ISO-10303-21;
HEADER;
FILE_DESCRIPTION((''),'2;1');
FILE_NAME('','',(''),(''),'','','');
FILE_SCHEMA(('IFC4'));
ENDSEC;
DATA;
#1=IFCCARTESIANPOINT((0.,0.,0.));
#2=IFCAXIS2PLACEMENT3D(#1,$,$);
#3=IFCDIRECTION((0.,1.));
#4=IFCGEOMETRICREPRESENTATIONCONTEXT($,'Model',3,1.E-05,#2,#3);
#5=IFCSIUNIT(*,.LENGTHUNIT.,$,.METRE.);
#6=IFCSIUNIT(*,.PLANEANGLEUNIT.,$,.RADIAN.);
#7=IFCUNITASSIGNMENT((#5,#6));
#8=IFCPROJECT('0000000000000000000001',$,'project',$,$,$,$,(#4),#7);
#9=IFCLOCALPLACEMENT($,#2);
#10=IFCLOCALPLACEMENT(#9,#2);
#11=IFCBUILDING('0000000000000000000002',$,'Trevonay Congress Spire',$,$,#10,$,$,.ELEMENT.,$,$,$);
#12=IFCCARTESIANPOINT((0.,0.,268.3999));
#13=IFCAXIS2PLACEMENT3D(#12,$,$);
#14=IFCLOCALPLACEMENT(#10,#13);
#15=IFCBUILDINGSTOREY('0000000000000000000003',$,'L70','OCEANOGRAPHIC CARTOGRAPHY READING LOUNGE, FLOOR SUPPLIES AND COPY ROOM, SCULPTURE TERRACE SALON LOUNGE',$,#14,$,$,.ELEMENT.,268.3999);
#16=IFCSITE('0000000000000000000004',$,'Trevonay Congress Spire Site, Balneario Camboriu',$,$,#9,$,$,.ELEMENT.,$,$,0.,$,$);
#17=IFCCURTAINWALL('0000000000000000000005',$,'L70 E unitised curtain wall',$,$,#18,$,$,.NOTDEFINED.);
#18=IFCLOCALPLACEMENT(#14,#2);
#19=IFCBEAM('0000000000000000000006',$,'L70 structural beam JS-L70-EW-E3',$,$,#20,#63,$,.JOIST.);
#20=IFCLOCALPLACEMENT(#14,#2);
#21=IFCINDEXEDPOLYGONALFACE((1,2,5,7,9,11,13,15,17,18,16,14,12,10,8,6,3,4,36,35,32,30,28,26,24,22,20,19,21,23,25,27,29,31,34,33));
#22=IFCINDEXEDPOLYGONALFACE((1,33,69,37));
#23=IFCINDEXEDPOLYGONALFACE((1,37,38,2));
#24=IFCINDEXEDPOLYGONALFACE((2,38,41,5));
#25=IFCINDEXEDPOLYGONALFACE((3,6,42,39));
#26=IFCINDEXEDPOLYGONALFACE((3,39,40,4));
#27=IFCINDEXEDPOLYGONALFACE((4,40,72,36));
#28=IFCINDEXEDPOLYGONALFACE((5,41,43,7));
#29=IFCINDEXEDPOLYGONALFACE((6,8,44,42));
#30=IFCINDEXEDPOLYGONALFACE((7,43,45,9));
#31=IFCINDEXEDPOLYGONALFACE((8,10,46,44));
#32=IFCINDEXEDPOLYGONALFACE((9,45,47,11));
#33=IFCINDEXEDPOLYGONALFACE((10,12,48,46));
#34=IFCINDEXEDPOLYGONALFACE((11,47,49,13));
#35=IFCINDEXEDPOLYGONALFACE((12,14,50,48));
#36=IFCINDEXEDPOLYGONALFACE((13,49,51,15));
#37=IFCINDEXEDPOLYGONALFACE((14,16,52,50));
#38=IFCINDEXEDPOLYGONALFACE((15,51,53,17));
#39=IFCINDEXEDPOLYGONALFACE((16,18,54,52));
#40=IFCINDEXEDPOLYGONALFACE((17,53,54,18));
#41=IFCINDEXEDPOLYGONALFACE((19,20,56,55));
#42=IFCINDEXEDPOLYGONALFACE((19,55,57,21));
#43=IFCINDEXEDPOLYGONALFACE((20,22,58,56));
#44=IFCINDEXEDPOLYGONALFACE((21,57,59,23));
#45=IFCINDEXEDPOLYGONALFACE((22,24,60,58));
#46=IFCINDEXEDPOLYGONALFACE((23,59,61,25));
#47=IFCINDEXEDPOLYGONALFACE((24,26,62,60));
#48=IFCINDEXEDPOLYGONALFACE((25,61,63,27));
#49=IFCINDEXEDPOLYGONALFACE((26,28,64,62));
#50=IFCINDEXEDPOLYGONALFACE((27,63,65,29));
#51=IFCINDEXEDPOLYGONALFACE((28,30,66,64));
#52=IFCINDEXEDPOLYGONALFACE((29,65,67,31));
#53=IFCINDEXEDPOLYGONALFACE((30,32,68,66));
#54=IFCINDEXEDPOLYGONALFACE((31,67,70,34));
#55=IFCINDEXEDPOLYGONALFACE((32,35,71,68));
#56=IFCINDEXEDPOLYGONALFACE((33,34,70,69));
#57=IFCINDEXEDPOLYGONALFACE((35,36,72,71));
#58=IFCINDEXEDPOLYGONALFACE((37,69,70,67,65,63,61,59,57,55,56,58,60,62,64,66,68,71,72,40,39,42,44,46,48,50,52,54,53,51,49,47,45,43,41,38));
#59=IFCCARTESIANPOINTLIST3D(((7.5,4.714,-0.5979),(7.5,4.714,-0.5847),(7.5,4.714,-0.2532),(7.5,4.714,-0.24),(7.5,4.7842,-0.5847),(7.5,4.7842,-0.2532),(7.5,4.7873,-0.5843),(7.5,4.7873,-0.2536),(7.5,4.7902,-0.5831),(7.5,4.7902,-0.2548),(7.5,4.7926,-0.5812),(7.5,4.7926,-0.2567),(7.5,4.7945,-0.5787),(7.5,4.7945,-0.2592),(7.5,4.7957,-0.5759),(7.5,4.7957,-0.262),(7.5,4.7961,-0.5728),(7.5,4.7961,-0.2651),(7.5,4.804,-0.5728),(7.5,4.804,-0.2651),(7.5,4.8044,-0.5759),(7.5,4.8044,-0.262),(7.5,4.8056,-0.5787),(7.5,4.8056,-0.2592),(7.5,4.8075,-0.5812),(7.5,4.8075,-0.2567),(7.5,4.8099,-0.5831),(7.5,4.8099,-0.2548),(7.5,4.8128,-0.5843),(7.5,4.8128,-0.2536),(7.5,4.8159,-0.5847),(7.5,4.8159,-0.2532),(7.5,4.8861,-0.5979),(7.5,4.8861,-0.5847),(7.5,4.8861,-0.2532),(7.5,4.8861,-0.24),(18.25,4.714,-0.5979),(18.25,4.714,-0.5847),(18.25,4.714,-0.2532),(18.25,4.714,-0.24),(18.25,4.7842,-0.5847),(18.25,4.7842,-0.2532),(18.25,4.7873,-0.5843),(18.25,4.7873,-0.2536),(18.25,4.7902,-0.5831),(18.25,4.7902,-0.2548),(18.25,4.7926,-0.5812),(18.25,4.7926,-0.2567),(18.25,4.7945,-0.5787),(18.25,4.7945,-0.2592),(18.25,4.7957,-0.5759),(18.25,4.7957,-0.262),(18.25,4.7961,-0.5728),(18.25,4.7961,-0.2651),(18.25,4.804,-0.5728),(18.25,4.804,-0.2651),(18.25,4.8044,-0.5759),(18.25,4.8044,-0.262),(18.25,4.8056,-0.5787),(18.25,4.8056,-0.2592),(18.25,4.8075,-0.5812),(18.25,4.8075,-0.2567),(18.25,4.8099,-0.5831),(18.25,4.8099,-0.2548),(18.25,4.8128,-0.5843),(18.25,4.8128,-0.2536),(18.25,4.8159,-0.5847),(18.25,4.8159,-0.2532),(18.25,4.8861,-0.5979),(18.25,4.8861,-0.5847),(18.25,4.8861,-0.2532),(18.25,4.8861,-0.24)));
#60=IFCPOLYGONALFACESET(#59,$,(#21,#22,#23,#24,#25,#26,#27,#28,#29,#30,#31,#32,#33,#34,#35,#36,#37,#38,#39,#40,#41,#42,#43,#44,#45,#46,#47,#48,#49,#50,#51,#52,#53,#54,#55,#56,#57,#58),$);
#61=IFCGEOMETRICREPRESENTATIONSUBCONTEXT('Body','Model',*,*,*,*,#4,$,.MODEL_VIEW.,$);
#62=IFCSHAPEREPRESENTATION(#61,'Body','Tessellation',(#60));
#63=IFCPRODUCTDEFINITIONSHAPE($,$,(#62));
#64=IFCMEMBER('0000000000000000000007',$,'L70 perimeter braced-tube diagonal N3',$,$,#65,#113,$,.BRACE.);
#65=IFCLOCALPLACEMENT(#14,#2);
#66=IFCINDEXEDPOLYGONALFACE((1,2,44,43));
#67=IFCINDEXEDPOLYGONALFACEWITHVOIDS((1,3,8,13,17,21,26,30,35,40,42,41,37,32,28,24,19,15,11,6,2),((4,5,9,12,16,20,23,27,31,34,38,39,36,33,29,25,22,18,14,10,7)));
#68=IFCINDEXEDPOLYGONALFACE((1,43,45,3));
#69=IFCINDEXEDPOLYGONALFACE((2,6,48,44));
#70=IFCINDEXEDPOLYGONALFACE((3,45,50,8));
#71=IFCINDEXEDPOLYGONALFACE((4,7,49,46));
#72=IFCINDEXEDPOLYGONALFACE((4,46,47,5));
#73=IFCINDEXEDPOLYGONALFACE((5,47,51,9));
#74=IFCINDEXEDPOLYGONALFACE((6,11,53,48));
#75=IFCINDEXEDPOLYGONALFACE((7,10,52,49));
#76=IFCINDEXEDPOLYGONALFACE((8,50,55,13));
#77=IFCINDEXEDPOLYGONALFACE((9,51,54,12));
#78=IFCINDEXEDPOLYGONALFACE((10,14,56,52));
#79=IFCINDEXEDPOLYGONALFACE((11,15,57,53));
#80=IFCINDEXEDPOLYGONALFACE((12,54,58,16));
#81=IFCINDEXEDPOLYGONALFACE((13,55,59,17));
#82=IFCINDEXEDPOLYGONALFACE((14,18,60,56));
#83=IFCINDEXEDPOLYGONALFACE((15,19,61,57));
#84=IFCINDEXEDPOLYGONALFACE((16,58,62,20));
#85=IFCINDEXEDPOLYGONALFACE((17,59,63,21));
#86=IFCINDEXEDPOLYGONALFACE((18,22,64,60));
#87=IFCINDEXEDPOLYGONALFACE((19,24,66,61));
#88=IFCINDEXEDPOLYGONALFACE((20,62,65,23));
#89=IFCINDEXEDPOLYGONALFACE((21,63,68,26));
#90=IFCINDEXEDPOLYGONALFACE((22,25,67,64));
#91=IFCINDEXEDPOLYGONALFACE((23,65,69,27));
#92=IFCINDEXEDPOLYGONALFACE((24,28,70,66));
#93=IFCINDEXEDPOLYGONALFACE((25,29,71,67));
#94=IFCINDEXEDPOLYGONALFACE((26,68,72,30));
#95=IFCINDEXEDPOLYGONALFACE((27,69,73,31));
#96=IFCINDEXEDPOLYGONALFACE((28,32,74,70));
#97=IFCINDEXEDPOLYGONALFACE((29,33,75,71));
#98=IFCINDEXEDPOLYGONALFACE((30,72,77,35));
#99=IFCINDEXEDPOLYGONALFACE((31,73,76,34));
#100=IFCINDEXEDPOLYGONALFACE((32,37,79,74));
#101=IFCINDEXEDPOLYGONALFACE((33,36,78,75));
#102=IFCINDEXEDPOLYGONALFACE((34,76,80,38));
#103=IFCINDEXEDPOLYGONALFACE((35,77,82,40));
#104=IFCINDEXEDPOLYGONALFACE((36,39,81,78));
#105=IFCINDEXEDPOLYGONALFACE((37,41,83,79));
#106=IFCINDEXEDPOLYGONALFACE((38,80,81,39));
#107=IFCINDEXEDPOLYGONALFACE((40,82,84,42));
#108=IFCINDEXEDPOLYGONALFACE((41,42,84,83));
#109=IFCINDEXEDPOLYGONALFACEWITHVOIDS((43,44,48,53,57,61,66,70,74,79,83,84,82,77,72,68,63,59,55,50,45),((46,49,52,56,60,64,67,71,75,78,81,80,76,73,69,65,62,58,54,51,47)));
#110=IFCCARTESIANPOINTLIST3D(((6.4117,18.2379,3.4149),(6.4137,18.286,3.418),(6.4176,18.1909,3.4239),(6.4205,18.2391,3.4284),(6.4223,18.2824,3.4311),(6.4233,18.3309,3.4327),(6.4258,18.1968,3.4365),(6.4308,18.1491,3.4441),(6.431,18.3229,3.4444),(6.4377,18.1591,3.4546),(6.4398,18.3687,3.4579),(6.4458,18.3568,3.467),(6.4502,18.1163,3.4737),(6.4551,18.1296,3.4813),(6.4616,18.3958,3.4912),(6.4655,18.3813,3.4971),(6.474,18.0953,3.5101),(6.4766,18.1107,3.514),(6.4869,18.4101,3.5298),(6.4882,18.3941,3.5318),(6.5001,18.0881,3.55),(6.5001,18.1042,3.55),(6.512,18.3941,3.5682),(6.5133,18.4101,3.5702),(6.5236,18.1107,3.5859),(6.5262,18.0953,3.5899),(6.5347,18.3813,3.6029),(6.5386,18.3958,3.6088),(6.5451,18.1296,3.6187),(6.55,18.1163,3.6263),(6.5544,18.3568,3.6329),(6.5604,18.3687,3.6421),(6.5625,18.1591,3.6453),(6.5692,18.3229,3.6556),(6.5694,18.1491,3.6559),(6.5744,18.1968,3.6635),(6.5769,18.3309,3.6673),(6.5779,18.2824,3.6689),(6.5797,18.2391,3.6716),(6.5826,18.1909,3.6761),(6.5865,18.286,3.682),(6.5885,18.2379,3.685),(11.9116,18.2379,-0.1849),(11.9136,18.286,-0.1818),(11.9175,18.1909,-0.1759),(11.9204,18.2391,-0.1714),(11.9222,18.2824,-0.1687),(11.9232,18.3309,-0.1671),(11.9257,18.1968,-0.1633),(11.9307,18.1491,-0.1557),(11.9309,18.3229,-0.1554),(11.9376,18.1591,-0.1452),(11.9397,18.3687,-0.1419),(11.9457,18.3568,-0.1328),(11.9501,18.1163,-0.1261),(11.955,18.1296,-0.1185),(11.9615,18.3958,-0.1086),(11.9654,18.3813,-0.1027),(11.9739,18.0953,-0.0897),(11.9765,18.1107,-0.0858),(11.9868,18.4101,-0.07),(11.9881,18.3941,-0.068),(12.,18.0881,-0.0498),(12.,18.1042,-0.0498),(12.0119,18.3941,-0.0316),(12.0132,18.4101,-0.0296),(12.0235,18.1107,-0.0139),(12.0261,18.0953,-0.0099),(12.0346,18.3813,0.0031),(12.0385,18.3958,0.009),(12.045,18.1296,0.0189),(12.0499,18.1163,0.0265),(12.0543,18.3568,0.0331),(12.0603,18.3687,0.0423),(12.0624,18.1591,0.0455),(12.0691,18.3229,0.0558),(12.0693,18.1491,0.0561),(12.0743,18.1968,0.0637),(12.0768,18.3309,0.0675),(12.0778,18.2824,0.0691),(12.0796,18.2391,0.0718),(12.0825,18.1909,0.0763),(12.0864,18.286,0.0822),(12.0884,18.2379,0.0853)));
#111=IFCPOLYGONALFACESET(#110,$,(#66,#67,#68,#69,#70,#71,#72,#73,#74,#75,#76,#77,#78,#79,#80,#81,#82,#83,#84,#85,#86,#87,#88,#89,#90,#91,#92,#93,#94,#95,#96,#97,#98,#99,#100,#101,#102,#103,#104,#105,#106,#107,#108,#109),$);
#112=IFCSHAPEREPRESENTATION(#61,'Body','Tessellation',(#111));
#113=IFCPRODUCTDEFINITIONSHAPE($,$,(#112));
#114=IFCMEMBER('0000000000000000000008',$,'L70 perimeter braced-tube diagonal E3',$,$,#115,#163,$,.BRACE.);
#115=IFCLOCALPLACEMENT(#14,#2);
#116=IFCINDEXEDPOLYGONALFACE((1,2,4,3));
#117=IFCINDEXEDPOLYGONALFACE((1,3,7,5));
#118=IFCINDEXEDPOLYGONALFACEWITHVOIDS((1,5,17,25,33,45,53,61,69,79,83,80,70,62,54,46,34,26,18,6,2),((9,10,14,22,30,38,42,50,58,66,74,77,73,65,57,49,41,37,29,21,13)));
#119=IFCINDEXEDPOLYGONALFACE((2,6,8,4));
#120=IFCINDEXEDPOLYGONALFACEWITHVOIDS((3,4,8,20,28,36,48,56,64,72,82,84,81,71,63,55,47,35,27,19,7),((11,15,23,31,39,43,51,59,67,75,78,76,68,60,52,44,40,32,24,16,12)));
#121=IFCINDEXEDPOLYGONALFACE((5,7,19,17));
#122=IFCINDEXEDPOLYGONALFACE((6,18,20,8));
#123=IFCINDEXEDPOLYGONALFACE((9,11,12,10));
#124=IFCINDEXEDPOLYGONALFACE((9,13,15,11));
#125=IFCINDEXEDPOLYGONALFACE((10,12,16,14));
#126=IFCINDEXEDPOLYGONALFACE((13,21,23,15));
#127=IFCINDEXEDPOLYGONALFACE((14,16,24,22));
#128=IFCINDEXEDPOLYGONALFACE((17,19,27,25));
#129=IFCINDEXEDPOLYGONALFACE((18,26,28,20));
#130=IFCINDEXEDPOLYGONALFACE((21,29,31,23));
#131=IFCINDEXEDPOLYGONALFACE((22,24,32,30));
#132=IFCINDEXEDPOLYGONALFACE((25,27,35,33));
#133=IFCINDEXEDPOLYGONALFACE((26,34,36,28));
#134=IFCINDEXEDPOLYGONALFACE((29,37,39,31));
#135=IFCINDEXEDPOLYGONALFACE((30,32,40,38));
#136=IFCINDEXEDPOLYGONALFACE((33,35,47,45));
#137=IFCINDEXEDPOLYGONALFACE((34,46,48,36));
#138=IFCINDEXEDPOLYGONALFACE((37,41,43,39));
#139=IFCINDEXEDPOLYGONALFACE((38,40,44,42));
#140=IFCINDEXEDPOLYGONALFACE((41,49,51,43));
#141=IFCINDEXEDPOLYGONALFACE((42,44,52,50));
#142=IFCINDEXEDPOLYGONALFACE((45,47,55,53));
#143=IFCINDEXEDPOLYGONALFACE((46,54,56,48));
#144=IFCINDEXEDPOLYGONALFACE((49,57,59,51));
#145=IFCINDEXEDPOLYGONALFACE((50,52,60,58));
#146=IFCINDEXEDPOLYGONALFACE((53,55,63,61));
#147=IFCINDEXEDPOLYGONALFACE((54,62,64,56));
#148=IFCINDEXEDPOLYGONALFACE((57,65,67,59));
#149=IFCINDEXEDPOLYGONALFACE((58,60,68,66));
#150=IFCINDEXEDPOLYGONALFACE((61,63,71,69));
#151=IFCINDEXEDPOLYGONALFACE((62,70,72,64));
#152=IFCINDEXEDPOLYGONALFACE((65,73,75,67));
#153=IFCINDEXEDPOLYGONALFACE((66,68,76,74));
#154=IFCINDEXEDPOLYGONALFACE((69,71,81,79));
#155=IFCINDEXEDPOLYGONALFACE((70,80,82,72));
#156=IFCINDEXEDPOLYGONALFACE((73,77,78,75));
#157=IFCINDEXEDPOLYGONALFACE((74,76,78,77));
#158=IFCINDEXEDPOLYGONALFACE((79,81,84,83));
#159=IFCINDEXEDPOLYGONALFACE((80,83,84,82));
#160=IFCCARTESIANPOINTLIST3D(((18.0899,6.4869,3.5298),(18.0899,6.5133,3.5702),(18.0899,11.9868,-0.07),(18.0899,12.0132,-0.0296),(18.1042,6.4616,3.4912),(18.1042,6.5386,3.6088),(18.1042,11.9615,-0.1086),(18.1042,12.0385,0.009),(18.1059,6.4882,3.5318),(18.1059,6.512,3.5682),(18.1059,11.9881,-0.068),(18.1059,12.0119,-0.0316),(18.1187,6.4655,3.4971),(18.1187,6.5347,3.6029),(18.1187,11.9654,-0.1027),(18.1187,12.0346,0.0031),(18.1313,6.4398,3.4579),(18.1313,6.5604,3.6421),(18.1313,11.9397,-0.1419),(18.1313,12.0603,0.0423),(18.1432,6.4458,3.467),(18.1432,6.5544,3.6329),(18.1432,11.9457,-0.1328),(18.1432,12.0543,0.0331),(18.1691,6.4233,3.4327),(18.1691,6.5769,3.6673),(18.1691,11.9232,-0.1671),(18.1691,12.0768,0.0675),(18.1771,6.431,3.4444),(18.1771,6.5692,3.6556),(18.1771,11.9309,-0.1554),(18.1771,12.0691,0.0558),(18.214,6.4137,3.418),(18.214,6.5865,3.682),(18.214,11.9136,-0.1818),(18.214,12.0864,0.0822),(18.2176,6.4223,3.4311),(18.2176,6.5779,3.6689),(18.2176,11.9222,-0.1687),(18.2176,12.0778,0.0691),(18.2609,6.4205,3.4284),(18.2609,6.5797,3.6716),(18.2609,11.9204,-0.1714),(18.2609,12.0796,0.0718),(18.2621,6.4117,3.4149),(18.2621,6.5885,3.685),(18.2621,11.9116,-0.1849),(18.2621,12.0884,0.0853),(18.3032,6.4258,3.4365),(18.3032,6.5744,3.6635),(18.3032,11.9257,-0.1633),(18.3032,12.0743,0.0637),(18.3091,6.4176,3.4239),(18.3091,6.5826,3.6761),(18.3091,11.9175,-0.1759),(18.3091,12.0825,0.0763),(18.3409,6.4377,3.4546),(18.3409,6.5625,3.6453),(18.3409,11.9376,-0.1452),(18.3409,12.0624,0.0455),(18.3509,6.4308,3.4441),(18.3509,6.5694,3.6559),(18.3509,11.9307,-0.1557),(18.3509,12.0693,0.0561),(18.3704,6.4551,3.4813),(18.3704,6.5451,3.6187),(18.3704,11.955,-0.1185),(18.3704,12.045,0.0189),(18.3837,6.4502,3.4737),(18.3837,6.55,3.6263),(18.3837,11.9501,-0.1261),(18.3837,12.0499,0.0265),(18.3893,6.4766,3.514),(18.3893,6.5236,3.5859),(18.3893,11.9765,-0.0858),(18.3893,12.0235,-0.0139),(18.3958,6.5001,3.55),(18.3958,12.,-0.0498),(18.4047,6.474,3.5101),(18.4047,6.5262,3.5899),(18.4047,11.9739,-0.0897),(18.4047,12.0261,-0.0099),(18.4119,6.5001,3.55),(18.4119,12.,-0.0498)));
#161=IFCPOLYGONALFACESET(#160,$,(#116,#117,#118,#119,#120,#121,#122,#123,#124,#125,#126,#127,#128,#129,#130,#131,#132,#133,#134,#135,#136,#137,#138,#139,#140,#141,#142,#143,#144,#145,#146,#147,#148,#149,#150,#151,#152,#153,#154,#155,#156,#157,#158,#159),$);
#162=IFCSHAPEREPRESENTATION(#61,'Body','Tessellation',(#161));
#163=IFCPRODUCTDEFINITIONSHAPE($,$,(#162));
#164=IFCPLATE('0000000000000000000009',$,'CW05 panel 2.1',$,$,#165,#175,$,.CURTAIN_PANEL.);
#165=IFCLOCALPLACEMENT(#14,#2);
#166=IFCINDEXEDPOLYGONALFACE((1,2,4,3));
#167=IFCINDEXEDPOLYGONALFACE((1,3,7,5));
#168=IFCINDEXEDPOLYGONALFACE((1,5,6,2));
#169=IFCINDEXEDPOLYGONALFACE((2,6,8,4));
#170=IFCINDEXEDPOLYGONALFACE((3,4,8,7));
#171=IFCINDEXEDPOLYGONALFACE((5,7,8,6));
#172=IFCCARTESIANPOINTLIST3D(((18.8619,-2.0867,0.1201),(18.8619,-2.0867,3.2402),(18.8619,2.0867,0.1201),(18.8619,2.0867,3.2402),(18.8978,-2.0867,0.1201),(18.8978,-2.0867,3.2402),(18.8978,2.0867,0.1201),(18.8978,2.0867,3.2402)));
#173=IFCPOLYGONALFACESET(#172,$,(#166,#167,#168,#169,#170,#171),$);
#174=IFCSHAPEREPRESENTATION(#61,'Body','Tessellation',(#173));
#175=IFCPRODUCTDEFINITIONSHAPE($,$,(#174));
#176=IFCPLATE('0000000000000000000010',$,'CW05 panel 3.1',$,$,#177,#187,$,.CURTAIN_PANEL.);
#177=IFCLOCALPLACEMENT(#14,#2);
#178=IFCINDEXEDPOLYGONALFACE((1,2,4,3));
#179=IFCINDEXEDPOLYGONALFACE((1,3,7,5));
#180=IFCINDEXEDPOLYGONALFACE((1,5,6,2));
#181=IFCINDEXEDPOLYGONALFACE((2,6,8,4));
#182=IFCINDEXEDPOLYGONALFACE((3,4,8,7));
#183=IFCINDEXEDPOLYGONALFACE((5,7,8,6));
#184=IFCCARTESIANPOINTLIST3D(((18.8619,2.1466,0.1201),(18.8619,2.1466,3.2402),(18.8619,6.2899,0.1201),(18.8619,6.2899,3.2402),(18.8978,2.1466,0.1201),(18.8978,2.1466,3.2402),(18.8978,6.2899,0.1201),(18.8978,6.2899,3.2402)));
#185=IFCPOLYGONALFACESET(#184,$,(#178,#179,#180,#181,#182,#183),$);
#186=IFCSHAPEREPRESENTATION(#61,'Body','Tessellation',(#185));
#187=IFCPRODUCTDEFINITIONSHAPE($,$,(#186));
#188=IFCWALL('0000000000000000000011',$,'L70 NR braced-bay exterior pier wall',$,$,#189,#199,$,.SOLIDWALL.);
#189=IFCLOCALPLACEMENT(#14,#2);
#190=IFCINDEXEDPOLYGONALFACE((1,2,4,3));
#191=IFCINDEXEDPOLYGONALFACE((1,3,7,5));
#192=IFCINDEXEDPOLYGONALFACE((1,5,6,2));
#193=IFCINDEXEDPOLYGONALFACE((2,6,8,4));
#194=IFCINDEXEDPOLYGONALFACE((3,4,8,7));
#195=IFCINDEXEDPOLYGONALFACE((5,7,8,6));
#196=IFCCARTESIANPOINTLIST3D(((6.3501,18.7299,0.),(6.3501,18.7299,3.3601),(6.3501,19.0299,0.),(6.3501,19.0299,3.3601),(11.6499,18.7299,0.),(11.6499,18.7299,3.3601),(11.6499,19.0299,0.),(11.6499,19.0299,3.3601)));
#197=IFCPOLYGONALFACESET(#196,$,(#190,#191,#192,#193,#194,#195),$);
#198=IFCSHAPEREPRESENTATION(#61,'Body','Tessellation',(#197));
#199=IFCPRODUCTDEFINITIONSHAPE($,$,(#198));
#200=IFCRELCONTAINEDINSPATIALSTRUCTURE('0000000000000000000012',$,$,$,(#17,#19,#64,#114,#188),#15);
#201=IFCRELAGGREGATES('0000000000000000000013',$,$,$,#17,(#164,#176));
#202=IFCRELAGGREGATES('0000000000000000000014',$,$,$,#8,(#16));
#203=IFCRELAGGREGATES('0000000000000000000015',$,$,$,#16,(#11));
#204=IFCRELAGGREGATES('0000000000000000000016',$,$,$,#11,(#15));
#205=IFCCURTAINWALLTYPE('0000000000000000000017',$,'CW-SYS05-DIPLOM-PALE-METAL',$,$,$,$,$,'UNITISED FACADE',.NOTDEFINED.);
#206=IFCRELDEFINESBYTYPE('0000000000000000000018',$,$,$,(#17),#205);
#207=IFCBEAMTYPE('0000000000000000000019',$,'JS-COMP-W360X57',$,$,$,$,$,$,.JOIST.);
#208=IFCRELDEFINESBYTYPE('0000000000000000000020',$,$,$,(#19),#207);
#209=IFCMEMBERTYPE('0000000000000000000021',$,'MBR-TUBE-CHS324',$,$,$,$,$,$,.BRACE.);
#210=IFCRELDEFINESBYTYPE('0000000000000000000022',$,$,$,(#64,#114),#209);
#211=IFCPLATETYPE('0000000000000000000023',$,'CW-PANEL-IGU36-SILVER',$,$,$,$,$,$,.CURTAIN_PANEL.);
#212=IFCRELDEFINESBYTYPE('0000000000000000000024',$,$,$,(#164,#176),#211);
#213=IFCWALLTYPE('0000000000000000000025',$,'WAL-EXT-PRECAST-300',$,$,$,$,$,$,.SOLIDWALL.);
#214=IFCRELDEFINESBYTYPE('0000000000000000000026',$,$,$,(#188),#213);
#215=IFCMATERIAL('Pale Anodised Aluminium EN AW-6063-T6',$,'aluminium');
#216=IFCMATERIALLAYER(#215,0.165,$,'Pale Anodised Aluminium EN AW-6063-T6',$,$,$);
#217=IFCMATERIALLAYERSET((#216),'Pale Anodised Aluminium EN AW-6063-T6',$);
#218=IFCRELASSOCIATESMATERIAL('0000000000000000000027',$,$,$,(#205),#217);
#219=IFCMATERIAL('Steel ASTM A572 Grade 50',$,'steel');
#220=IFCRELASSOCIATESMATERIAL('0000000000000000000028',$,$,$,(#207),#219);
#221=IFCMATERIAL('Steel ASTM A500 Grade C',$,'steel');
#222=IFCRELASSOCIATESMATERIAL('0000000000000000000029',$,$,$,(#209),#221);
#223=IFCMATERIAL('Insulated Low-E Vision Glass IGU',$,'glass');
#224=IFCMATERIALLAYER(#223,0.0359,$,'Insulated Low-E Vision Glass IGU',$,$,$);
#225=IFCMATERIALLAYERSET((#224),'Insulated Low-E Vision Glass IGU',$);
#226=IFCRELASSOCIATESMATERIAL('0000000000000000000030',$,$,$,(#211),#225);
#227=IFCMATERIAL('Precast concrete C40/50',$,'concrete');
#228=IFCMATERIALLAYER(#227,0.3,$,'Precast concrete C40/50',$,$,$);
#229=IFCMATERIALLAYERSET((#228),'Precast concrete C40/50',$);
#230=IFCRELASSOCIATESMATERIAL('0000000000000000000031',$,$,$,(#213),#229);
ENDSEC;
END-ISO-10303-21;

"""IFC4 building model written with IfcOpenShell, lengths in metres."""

from ifc_helpers import new_model, si_unit, direction, frame, frame_2d, origin, origin_2d, place, context, subcontext, project, spatial, rectangle, hollow_circle, i_section, extrude, material, layer, layer_set, material_profile, profile_set, type_object, element, aggregate, save


model = new_model("IFC4")

# Units and contexts
model_context = context("Model", 3, precision=1e-05, world=origin(), true_north=direction((0.0, 1.0)))
body_context = subcontext(model_context, "Body", "Model", "MODEL_VIEW")
ifc_project = project(units=[si_unit("LENGTHUNIT", "METRE"), si_unit("PLANEANGLEUNIT", "RADIAN")], contexts=[model_context])

# Site, building, storey
site_placement = place(None, origin())
site = spatial("IfcSite", under=ifc_project, at=site_placement, Name="Trevonay Congress Spire Site, Balneario Camboriu", CompositionType="ELEMENT", RefElevation=0.0)
building_placement = place(site_placement, origin())
building = spatial("IfcBuilding", under=site, at=building_placement, Name="Trevonay Congress Spire", CompositionType="ELEMENT")
storey_placement = place(building_placement, frame((0.0, 0.0, 268.3999)))
storey = spatial("IfcBuildingStorey", under=building, at=storey_placement, Name="L70", Description="OCEANOGRAPHIC CARTOGRAPHY READING LOUNGE, FLOOR SUPPLIES AND COPY ROOM, SCULPTURE TERRACE SALON LOUNGE", CompositionType="ELEMENT", Elevation=268.3999)

# Shared definitions
ifc_material_1 = material(Name="Steel ASTM A572 Grade 50", Category="steel")

# Curtain wall
ifc_material_2 = material(Name="Pale Anodised Aluminium EN AW-6063-T6", Category="aluminium")
ifc_layer_1 = layer(ifc_material_2, 0.165, Name="Pale Anodised Aluminium EN AW-6063-T6")
ifc_layer_set_1 = layer_set([ifc_layer_1], Name="Pale Anodised Aluminium EN AW-6063-T6")
curtain_wall_type = type_object("IfcCurtainWallType", Name="CW-SYS05-DIPLOM-PALE-METAL", ElementType="UNITISED FACADE", PredefinedType="NOTDEFINED", material=ifc_layer_set_1)
curtain_wall_placement = place(storey_placement, origin())
curtain_wall = element("IfcCurtainWall", 1, at=curtain_wall_placement, inside=storey, type_object=curtain_wall_type, Name="L70 E unitised curtain wall", PredefinedType="NOTDEFINED")

# Beam
ifc_material_profile_1 = material_profile(ifc_material_1, i_section(OverallWidth=0.1721, OverallDepth=0.3579, WebThickness=0.0078, FlangeThickness=0.0132, FilletRadius=0.012, at=origin_2d()), Name="W360x57.8")
ifc_profile_set_1 = profile_set([ifc_material_profile_1], Name="Steel ASTM A572 Grade 50")
beam_type_1 = type_object("IfcBeamType", Name="JS-COMP-W360X57", PredefinedType="JOIST", material=ifc_profile_set_1)
beam_1_placement = place(storey_placement, frame((7.5, 4.8, -0.4189), z_axis=(1.0, 0.0, 0.0), x_axis=(0.0, 1.0, 0.0)))
element("IfcBeam", 2, at=beam_1_placement, inside=storey, type_object=beam_type_1, Name="L70 structural beam JS-L70-EW-E3", PredefinedType="JOIST", context=body_context, shape_type="SweptSolid", body=[
    extrude(i_section(OverallWidth=0.1721, OverallDepth=0.3579, WebThickness=0.0078, FlangeThickness=0.0132, FilletRadius=0.012, at=origin_2d()), origin(), (0.0, 0.0, 1.0), 10.75),
])

# Members
ifc_material_3 = material(Name="Steel ASTM A500 Grade C", Category="steel")
ifc_material_profile_2 = material_profile(ifc_material_3, hollow_circle(Radius=0.1619, WallThickness=0.0161, at=origin_2d()), Name="CHS 323.9x16")
ifc_profile_set_2 = profile_set([ifc_material_profile_2], Name="Steel ASTM A500 Grade C")
member_type_1 = type_object("IfcMemberType", Name="MBR-TUBE-CHS324", PredefinedType="BRACE", material=ifc_profile_set_2)
for number, where, z_axis, x_axis, name in (
    (3, (12.0, 18.25, -0.0498), (-0.836712, 0.0, 0.547644), (0.0, -1.0, 0.0), "L70 perimeter braced-tube diagonal N3"),
    (4, (18.25, 12.0, -0.0498), (0.0, -0.836712, 0.547644), (1.0, 0.0, 0.0), "L70 perimeter braced-tube diagonal E3"),
):
    element("IfcMember", number, at=place(storey_placement, frame(where, z_axis=z_axis, x_axis=x_axis)), inside=storey, type_object=member_type_1, Name=name, PredefinedType="BRACE", context=body_context, shape_type="SweptSolid", body=[
        extrude(hollow_circle(Radius=0.1619, WallThickness=0.0161, at=origin_2d()), origin(), (0.0, 0.0, 1.0), 6.5732),
    ])

# Plates
ifc_material_4 = material(Name="Insulated Low-E Vision Glass IGU", Category="glass")
ifc_layer_2 = layer(ifc_material_4, 0.0359, Name="Insulated Low-E Vision Glass IGU")
ifc_layer_set_2 = layer_set([ifc_layer_2], Name="Insulated Low-E Vision Glass IGU")
plate_type = type_object("IfcPlateType", Name="CW-PANEL-IGU36-SILVER", PredefinedType="CURTAIN_PANEL", material=ifc_layer_set_2)
plate_1_placement = place(storey_placement, frame((18.8799, 0.0, 0.1201), z_axis=(0.0, 0.0, 1.0), x_axis=(0.0, 1.0, 0.0)))
plate_1 = element("IfcPlate", 5, at=plate_1_placement, type_object=plate_type, Name="CW05 panel 2.1", PredefinedType="CURTAIN_PANEL", context=body_context, shape_type="SweptSolid", body=[
    extrude(rectangle(XDim=4.1733, YDim=0.0359, at=origin_2d()), origin(), (0.0, 0.0, 1.0), 3.1201),
])
plate_2_placement = place(storey_placement, frame((18.8799, 4.2183, 0.1201), z_axis=(0.0, 0.0, 1.0), x_axis=(0.0, 1.0, 0.0)))
plate_2 = element("IfcPlate", 6, at=plate_2_placement, type_object=plate_type, Name="CW05 panel 3.1", PredefinedType="CURTAIN_PANEL", context=body_context, shape_type="SweptSolid", body=[
    extrude(rectangle(XDim=4.1433, YDim=0.0359, at=origin_2d()), origin(), (0.0, 0.0, 1.0), 3.1201),
])
aggregate(curtain_wall, [plate_1, plate_2])

# Wall
ifc_material_5 = material(Name="Precast concrete C40/50", Category="concrete")
ifc_layer_3 = layer(ifc_material_5, 0.3, Name="Precast concrete C40/50")
ifc_layer_set_3 = layer_set([ifc_layer_3], Name="Precast concrete C40/50")
wall_type_1 = type_object("IfcWallType", Name="WAL-EXT-PRECAST-300", PredefinedType="SOLIDWALL", material=ifc_layer_set_3)
for number, where, z_axis, x_axis, name in (
    (7, (6.3501, 18.8799, 0.0), (0.0, 0.0, 1.0), (1.0, 0.0, 0.0), "L70 NR braced-bay exterior pier wall"),
):
    element("IfcWall", number, at=place(storey_placement, frame(where, z_axis=z_axis, x_axis=x_axis)), inside=storey, type_object=wall_type_1, Name=name, PredefinedType="SOLIDWALL", context=body_context, shape_type="SweptSolid", body=[
        extrude(rectangle(XDim=5.2998, YDim=0.3, at=frame_2d((2.6499, 0.0))), origin(), (0.0, 0.0, 1.0), 3.3601),
    ])

save(model, "model.ifc")
